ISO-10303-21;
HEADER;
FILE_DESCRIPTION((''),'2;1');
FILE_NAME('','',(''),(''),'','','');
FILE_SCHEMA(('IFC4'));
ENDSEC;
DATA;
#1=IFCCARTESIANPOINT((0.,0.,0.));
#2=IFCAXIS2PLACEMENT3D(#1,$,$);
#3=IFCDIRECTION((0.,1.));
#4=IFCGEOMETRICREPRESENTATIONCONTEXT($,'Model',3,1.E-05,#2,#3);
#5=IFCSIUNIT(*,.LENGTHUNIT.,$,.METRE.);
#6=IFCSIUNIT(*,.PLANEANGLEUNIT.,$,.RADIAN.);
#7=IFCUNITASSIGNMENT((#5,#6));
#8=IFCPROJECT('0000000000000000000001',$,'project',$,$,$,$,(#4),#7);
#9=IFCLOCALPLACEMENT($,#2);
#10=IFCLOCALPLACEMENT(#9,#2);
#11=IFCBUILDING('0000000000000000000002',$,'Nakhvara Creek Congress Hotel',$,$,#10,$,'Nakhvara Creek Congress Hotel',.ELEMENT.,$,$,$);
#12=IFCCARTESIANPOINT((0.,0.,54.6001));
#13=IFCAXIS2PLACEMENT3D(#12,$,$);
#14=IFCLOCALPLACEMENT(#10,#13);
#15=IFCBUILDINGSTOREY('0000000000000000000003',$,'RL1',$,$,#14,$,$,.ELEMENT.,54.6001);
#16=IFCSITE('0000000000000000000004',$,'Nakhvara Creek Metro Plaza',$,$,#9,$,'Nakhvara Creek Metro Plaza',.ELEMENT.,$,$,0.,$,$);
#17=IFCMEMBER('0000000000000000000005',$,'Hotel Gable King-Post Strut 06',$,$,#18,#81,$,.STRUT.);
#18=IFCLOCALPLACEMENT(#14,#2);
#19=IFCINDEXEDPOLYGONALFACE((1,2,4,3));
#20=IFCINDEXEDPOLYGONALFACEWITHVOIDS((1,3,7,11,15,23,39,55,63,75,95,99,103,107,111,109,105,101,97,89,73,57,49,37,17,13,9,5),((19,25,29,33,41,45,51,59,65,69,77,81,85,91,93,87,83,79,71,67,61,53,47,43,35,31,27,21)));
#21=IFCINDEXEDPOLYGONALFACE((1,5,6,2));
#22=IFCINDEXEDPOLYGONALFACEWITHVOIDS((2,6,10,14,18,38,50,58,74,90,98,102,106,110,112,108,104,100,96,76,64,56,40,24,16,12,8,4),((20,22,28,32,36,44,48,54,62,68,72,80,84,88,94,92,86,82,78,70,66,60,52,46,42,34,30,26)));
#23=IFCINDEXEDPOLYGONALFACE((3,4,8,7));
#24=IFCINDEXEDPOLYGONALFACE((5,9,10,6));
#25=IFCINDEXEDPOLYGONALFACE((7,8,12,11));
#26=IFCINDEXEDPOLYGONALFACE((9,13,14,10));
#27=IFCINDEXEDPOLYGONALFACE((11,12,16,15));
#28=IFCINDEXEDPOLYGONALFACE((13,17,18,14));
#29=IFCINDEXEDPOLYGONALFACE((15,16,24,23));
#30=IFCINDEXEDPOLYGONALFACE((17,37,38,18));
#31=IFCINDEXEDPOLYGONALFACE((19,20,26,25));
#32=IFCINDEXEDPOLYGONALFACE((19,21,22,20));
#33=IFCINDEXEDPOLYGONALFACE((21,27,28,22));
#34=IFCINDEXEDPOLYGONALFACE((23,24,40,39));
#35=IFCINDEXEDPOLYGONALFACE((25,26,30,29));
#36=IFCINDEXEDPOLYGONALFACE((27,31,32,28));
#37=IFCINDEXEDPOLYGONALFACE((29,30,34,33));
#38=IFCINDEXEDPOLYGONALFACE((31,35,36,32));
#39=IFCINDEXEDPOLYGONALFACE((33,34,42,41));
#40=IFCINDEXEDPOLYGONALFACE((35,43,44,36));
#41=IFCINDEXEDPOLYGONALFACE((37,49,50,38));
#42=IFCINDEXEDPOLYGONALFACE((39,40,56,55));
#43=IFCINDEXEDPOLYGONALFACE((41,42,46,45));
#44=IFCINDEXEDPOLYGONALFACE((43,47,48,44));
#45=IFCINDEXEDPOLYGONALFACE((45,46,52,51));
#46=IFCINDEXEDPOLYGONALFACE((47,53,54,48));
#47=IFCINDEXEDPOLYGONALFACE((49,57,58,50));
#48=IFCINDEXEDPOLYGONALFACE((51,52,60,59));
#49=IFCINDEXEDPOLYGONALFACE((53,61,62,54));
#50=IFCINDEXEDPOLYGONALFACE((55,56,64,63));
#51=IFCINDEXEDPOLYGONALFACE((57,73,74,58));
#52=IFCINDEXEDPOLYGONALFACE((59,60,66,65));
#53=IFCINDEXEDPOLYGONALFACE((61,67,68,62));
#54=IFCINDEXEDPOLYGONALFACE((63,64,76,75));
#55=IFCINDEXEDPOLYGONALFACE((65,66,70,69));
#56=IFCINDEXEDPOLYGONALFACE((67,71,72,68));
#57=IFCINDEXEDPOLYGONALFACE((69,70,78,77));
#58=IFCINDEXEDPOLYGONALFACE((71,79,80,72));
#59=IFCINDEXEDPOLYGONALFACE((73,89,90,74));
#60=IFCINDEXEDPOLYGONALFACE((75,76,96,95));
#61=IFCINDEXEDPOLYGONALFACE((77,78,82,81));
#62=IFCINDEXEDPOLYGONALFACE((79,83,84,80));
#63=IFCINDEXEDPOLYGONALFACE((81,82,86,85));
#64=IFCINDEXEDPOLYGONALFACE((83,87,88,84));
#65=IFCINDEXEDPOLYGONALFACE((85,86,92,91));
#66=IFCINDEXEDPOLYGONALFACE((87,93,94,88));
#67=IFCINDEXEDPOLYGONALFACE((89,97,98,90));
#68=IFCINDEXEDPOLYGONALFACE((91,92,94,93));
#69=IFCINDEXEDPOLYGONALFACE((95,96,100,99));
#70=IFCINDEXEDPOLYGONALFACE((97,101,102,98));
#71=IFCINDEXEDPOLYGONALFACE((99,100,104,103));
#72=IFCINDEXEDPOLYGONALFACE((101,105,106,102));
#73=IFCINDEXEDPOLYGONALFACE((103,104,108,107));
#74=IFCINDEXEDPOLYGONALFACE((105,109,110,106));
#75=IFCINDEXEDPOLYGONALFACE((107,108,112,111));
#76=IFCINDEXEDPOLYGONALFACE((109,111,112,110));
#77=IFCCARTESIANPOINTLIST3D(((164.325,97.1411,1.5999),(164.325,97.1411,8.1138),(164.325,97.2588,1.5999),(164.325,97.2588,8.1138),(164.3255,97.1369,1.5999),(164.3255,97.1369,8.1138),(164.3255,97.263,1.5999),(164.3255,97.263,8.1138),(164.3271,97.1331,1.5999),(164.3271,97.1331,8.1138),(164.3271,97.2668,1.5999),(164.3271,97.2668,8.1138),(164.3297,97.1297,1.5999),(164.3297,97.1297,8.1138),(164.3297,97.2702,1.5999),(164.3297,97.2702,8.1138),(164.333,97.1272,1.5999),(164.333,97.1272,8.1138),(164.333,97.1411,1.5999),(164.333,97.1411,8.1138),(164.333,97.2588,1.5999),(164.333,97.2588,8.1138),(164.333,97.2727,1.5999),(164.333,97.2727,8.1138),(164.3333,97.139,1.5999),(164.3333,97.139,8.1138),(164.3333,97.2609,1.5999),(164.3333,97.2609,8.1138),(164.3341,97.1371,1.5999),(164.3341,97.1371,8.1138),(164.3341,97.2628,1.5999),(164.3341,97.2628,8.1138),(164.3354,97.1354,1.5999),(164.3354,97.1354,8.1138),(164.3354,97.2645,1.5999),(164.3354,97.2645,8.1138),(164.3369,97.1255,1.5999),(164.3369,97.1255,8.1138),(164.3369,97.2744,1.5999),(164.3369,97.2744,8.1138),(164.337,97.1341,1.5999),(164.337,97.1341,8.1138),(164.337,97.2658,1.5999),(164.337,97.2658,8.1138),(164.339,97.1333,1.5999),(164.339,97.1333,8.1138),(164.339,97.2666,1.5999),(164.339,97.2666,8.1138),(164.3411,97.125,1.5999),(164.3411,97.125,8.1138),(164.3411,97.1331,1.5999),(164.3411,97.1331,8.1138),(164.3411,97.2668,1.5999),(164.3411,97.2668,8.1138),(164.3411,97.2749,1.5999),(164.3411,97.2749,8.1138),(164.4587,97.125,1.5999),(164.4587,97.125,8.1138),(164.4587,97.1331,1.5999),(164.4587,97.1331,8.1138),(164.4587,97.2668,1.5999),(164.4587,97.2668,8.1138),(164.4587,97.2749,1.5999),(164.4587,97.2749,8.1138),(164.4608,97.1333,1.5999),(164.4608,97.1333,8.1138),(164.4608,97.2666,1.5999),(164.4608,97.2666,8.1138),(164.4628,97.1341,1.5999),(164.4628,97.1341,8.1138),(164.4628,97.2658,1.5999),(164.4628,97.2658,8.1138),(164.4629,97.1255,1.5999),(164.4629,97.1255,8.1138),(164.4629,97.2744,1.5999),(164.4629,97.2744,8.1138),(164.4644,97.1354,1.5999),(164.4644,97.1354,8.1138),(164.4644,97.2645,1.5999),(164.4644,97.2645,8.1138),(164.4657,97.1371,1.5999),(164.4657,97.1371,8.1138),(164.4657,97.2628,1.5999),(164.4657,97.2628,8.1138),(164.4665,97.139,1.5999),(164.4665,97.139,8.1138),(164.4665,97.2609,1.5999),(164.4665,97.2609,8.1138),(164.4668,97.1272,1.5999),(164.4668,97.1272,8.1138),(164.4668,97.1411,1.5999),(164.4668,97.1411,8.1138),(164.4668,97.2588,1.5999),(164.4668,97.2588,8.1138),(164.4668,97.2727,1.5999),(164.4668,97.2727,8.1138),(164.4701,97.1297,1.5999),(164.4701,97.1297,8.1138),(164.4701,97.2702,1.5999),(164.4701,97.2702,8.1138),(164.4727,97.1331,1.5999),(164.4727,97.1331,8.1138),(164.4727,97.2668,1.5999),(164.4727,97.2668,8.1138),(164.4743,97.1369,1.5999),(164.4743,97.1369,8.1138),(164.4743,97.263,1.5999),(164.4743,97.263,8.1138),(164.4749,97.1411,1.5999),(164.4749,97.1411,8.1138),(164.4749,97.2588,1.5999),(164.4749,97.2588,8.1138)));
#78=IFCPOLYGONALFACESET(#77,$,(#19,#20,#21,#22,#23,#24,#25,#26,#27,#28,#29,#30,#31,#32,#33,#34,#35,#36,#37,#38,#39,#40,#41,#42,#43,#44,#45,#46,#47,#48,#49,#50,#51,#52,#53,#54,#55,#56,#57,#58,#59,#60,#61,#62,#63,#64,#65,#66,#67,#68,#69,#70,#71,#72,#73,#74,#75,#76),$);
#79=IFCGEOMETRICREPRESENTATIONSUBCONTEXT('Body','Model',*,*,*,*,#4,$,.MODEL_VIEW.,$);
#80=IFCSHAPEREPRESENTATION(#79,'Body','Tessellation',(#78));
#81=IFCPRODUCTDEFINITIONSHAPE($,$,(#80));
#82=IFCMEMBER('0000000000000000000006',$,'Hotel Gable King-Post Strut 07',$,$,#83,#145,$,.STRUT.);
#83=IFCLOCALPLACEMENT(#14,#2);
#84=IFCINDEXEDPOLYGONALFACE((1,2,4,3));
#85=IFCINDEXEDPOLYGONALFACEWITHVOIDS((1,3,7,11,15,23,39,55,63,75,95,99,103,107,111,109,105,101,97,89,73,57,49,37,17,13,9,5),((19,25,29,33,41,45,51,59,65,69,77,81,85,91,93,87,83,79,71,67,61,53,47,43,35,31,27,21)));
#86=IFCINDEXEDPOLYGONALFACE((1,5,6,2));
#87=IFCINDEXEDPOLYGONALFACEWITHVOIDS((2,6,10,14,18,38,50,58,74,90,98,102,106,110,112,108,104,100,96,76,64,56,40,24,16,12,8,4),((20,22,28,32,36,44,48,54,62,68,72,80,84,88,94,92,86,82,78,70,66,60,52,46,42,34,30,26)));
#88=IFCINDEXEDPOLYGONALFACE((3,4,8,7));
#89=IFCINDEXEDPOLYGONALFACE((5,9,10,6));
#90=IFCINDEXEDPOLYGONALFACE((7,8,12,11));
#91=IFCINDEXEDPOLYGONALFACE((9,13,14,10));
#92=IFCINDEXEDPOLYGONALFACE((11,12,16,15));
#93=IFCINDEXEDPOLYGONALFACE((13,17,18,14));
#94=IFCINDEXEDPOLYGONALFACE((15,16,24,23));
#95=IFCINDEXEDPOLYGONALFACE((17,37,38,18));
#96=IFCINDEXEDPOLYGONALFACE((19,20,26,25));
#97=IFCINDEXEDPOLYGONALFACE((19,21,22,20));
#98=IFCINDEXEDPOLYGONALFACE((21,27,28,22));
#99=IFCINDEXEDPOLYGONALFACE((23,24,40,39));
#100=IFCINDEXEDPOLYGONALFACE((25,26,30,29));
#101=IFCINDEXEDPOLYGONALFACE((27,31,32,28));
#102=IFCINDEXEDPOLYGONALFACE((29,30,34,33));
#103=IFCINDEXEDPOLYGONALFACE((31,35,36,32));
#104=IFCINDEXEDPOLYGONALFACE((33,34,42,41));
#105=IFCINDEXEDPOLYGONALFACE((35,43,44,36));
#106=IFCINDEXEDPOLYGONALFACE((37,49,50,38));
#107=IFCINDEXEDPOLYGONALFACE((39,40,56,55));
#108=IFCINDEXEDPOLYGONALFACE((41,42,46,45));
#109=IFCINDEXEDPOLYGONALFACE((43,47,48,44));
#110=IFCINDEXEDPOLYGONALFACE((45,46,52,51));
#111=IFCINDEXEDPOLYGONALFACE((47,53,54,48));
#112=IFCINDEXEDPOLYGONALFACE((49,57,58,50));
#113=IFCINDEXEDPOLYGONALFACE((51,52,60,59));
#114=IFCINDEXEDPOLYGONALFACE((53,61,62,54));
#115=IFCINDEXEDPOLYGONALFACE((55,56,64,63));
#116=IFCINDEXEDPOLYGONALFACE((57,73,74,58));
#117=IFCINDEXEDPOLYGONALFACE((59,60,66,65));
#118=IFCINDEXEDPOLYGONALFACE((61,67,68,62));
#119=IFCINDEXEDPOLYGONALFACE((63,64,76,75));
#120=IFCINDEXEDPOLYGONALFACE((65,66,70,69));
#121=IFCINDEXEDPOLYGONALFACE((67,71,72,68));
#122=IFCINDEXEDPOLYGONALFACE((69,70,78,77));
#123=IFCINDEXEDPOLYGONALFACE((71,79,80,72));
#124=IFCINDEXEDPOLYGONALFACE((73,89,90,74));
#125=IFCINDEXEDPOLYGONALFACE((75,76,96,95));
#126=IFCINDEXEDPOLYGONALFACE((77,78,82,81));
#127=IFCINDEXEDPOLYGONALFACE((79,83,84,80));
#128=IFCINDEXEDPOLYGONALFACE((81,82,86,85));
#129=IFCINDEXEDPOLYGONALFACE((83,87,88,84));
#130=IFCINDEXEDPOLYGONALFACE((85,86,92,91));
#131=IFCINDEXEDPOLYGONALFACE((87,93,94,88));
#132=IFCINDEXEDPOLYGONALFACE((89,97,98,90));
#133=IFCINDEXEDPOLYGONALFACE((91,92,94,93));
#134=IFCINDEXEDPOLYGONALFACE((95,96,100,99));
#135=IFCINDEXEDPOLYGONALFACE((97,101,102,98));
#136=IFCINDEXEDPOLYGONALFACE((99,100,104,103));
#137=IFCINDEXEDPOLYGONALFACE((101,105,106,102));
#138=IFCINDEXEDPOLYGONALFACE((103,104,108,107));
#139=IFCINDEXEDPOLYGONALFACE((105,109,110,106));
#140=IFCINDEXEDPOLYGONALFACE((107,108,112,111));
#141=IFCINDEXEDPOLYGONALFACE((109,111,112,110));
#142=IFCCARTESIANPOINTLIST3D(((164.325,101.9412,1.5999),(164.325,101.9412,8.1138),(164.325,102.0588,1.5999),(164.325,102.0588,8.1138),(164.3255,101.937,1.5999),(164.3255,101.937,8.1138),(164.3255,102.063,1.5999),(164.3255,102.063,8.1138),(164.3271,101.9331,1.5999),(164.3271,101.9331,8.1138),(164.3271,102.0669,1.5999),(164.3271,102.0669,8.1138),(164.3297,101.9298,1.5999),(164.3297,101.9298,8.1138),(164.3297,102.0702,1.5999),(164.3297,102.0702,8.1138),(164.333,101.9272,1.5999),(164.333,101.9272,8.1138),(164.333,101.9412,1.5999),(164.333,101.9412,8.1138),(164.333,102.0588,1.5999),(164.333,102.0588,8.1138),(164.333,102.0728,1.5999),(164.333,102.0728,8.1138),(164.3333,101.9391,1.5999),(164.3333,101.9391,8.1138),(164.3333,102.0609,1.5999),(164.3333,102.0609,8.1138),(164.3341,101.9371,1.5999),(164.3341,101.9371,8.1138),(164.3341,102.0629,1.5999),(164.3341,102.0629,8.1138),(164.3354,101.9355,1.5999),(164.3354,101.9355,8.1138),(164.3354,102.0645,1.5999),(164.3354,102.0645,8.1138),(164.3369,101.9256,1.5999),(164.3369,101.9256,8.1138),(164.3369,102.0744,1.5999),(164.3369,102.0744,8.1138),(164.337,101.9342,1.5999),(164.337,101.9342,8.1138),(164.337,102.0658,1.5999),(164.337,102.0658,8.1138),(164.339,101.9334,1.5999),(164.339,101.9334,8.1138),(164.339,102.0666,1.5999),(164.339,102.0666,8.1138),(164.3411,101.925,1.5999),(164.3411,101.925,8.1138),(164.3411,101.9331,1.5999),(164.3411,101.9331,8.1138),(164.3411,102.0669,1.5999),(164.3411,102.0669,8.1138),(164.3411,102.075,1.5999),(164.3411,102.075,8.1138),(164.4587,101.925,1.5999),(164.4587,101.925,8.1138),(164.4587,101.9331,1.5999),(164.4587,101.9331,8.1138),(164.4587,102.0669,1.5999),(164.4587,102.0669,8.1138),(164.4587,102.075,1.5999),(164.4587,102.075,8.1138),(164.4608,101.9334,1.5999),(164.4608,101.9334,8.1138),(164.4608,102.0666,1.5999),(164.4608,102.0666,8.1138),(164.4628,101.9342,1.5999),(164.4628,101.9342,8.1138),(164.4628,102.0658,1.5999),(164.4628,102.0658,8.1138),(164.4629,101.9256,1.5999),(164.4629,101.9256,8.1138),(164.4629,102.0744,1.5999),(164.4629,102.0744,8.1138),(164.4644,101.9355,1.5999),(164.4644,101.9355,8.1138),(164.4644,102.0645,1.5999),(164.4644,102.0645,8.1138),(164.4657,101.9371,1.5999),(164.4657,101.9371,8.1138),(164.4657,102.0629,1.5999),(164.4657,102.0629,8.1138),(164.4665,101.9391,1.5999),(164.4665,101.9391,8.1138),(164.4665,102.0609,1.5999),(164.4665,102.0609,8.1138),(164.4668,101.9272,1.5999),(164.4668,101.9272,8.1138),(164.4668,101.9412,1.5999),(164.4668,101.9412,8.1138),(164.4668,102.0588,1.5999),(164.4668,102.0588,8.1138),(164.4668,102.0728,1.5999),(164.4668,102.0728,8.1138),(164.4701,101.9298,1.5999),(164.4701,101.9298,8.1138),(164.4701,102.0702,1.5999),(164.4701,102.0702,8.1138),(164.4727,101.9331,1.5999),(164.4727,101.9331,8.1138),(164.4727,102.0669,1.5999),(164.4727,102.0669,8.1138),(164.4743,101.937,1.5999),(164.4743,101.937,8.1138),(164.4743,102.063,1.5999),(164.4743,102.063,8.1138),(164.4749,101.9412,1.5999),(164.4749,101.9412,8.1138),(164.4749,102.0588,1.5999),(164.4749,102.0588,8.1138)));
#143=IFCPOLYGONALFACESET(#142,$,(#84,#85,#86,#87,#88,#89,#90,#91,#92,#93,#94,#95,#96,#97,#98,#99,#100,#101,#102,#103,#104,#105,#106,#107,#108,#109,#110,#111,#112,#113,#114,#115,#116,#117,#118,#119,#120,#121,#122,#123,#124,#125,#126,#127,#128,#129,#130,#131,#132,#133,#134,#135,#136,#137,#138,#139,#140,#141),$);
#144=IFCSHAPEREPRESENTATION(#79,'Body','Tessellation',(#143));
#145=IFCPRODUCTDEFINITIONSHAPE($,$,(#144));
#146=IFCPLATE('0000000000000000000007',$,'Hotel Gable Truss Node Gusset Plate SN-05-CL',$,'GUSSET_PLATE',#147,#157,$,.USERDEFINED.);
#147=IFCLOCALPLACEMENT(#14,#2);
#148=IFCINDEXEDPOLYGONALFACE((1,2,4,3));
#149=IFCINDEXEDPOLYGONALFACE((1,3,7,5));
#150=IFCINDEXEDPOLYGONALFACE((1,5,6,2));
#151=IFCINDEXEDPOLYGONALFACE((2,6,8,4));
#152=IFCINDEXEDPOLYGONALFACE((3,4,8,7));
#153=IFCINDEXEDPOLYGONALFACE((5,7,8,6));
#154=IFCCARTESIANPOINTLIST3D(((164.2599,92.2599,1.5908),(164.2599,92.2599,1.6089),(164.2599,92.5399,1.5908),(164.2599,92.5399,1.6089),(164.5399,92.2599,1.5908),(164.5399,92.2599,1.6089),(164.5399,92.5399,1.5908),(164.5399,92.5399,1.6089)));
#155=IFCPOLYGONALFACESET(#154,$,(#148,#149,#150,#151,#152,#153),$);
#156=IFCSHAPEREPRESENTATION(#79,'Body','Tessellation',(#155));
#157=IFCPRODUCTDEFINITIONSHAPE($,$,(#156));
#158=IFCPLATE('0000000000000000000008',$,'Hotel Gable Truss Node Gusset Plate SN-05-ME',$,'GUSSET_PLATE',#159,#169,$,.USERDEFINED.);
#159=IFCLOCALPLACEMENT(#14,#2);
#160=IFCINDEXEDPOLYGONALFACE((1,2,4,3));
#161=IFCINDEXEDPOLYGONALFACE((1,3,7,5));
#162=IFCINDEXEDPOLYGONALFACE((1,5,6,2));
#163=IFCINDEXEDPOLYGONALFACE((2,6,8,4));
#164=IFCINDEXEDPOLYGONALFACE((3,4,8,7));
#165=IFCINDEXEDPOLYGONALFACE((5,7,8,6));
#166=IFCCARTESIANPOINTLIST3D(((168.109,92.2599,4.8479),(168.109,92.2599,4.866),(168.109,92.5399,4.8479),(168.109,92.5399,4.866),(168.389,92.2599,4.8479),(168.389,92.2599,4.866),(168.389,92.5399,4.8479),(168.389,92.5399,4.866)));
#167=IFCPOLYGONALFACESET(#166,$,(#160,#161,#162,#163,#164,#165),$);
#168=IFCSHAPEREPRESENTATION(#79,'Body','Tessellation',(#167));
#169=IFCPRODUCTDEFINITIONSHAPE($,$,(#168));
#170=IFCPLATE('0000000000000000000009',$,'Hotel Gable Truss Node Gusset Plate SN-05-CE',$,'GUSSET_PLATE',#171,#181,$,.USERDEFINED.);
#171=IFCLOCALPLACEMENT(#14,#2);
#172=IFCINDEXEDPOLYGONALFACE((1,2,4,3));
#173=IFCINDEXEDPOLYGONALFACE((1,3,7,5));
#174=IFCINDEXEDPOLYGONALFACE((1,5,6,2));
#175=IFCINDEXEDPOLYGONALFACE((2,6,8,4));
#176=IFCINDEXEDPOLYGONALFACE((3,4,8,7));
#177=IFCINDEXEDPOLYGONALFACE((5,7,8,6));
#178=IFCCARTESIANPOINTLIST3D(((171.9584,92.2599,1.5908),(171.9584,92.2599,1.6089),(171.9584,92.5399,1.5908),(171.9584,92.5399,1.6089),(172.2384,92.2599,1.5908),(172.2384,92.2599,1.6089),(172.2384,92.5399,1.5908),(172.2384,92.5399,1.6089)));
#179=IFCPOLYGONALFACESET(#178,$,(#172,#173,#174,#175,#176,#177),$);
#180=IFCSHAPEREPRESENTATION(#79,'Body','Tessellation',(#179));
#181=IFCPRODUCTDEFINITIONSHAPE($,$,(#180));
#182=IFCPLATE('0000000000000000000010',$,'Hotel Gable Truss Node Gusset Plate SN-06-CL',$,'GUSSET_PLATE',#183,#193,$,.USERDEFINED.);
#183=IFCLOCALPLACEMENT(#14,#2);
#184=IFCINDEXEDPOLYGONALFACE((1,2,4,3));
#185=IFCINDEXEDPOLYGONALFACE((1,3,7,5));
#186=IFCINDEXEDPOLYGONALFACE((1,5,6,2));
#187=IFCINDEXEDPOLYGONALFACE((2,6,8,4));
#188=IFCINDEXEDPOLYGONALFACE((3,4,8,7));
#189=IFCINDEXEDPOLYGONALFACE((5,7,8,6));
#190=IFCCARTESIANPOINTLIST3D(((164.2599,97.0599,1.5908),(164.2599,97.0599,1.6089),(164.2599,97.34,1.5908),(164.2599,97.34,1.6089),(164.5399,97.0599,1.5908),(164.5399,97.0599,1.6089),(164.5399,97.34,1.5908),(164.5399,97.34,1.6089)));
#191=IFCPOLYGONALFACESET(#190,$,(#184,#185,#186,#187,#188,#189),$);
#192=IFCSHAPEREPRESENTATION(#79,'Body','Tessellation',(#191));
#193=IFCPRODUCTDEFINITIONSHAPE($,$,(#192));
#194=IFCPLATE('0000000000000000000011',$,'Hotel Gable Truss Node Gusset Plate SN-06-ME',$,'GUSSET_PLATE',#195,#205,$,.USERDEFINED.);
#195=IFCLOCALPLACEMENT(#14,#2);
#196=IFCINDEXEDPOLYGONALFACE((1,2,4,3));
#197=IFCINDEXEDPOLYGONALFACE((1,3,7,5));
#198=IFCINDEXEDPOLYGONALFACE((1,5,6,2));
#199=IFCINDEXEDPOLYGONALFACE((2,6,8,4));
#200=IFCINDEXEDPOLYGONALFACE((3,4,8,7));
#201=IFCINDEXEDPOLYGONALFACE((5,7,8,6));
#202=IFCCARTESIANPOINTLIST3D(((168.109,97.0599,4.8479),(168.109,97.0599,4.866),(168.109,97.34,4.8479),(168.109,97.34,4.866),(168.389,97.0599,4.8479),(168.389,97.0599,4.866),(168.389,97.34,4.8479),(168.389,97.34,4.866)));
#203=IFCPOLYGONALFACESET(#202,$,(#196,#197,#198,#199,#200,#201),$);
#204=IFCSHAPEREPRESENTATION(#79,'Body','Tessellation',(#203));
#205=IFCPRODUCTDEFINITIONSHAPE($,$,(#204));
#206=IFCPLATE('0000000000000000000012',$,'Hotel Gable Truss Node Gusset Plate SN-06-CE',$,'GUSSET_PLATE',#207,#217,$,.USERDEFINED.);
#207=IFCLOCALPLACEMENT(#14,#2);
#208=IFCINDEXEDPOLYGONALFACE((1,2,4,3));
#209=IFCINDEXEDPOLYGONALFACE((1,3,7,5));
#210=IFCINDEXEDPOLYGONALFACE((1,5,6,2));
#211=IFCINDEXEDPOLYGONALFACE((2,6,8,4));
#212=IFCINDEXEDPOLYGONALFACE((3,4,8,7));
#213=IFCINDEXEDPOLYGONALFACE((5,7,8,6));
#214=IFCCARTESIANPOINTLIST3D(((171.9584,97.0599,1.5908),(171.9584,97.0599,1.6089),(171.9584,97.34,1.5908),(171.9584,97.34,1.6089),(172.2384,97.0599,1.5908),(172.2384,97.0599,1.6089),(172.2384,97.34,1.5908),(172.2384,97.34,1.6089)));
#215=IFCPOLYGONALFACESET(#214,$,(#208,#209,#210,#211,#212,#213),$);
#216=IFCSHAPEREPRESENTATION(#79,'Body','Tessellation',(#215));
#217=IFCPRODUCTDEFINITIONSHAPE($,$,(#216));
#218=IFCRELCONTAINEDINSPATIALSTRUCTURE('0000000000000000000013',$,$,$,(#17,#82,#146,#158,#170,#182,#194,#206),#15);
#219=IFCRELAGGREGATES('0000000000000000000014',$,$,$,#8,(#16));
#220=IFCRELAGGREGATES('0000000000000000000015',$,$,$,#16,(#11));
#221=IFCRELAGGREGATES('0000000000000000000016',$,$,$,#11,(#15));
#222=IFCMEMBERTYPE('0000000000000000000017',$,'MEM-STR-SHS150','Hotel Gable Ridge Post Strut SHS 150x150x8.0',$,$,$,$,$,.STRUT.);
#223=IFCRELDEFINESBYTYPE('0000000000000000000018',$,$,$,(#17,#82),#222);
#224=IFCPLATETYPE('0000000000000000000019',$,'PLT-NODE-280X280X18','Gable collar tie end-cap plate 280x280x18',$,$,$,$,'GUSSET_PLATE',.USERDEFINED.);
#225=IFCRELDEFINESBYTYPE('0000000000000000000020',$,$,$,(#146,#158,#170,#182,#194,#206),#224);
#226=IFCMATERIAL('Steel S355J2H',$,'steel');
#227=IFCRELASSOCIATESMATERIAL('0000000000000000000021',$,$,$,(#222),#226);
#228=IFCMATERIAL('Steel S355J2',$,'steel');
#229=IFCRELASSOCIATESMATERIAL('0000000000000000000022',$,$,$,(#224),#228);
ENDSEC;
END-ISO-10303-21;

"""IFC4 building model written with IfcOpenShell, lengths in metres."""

from ifc_helpers import new_model, si_unit, direction, frame, origin, origin_2d, place, context, subcontext, project, spatial, rectangle, hollow_rectangle, extrude, material, material_profile, profile_set, type_object, element, save


model = new_model("IFC4")

# Units and contexts
model_context = context("Model", 3, precision=1e-05, world=origin(), true_north=direction((0.0, 1.0)))
body_context = subcontext(model_context, "Body", "Model", "MODEL_VIEW")
ifc_project = project(units=[si_unit("LENGTHUNIT", "METRE"), si_unit("PLANEANGLEUNIT", "RADIAN")], contexts=[model_context])

# Site, building, storey
site_placement = place(None, origin())
site = spatial("IfcSite", under=ifc_project, at=site_placement, Name="Nakhvara Creek Metro Plaza", LongName="Nakhvara Creek Metro Plaza", CompositionType="ELEMENT", RefElevation=0.0)
building_placement = place(site_placement, origin())
building = spatial("IfcBuilding", under=site, at=building_placement, Name="Nakhvara Creek Congress Hotel", LongName="Nakhvara Creek Congress Hotel", CompositionType="ELEMENT")
storey_placement = place(building_placement, frame((0.0, 0.0, 54.6001)))
storey = spatial("IfcBuildingStorey", under=building, at=storey_placement, Name="RL1", CompositionType="ELEMENT", Elevation=54.6001)

# Shared definitions
ifc_material_1 = material(Name="Steel S355J2", Category="steel")

# Members
ifc_material_2 = material(Name="Steel S355J2H", Category="steel")
ifc_material_profile_1 = material_profile(ifc_material_2, hollow_rectangle(XDim=0.1499, YDim=0.1499, WallThickness=0.0081, InnerFilletRadius=0.0081, OuterFilletRadius=0.0161, at=origin_2d()), Name="SHS 150x150x8.0", Category="LoadBearing")
ifc_profile_set_1 = profile_set([ifc_material_profile_1], Name="Steel S355J2H")
member_type_1 = type_object("IfcMemberType", Name="MEM-STR-SHS150", Description="Hotel Gable Ridge Post Strut SHS 150x150x8.0", PredefinedType="STRUT", material=ifc_profile_set_1)
for number, where, z_axis, x_axis, name in (
    (1, (164.3999, 97.2, 1.5999), (0.0, 0.0, 1.0), (1.0, 0.0, 0.0), "Hotel Gable King-Post Strut 06"),
    (2, (164.3999, 102.0, 1.5999), (0.0, 0.0, 1.0), (1.0, 0.0, 0.0), "Hotel Gable King-Post Strut 07"),
):
    element("IfcMember", number, at=place(storey_placement, frame(where, z_axis=z_axis, x_axis=x_axis)), inside=storey, type_object=member_type_1, Name=name, PredefinedType="STRUT", context=body_context, shape_type="SweptSolid", body=[
        extrude(hollow_rectangle(XDim=0.1499, YDim=0.1499, WallThickness=0.0081, InnerFilletRadius=0.0081, OuterFilletRadius=0.0161, at=origin_2d()), origin(), (0.0, 0.0, 1.0), 6.5139),
    ])

# Plates
plate_type_1 = type_object("IfcPlateType", Name="PLT-NODE-280X280X18", Description="Gable collar tie end-cap plate 280x280x18", ElementType="GUSSET_PLATE", PredefinedType="USERDEFINED", material=ifc_material_1)
for number, where, z_axis, x_axis, name in (
    (3, (164.3999, 92.3999, 1.5908), (0.0, 0.0, 1.0), (1.0, 0.0, 0.0), "Hotel Gable Truss Node Gusset Plate SN-05-CL"),
    (4, (168.249, 92.3999, 4.8479), (0.0, 0.0, 1.0), (1.0, 0.0, 0.0), "Hotel Gable Truss Node Gusset Plate SN-05-ME"),
    (5, (172.0984, 92.3999, 1.5908), (0.0, 0.0, 1.0), (1.0, 0.0, 0.0), "Hotel Gable Truss Node Gusset Plate SN-05-CE"),
    (6, (164.3999, 97.2, 1.5908), (0.0, 0.0, 1.0), (1.0, 0.0, 0.0), "Hotel Gable Truss Node Gusset Plate SN-06-CL"),
    (7, (168.249, 97.2, 4.8479), (0.0, 0.0, 1.0), (1.0, 0.0, 0.0), "Hotel Gable Truss Node Gusset Plate SN-06-ME"),
    (8, (172.0984, 97.2, 1.5908), (0.0, 0.0, 1.0), (1.0, 0.0, 0.0), "Hotel Gable Truss Node Gusset Plate SN-06-CE"),
):
    element("IfcPlate", number, at=place(storey_placement, frame(where, z_axis=z_axis, x_axis=x_axis)), inside=storey, type_object=plate_type_1, Name=name, ObjectType="GUSSET_PLATE", PredefinedType="USERDEFINED", context=body_context, shape_type="SweptSolid", body=[
        extrude(rectangle(XDim=0.28, YDim=0.28, at=origin_2d()), origin(), (0.0, 0.0, 1.0), 0.0181),
    ])

save(model, "model.ifc")
